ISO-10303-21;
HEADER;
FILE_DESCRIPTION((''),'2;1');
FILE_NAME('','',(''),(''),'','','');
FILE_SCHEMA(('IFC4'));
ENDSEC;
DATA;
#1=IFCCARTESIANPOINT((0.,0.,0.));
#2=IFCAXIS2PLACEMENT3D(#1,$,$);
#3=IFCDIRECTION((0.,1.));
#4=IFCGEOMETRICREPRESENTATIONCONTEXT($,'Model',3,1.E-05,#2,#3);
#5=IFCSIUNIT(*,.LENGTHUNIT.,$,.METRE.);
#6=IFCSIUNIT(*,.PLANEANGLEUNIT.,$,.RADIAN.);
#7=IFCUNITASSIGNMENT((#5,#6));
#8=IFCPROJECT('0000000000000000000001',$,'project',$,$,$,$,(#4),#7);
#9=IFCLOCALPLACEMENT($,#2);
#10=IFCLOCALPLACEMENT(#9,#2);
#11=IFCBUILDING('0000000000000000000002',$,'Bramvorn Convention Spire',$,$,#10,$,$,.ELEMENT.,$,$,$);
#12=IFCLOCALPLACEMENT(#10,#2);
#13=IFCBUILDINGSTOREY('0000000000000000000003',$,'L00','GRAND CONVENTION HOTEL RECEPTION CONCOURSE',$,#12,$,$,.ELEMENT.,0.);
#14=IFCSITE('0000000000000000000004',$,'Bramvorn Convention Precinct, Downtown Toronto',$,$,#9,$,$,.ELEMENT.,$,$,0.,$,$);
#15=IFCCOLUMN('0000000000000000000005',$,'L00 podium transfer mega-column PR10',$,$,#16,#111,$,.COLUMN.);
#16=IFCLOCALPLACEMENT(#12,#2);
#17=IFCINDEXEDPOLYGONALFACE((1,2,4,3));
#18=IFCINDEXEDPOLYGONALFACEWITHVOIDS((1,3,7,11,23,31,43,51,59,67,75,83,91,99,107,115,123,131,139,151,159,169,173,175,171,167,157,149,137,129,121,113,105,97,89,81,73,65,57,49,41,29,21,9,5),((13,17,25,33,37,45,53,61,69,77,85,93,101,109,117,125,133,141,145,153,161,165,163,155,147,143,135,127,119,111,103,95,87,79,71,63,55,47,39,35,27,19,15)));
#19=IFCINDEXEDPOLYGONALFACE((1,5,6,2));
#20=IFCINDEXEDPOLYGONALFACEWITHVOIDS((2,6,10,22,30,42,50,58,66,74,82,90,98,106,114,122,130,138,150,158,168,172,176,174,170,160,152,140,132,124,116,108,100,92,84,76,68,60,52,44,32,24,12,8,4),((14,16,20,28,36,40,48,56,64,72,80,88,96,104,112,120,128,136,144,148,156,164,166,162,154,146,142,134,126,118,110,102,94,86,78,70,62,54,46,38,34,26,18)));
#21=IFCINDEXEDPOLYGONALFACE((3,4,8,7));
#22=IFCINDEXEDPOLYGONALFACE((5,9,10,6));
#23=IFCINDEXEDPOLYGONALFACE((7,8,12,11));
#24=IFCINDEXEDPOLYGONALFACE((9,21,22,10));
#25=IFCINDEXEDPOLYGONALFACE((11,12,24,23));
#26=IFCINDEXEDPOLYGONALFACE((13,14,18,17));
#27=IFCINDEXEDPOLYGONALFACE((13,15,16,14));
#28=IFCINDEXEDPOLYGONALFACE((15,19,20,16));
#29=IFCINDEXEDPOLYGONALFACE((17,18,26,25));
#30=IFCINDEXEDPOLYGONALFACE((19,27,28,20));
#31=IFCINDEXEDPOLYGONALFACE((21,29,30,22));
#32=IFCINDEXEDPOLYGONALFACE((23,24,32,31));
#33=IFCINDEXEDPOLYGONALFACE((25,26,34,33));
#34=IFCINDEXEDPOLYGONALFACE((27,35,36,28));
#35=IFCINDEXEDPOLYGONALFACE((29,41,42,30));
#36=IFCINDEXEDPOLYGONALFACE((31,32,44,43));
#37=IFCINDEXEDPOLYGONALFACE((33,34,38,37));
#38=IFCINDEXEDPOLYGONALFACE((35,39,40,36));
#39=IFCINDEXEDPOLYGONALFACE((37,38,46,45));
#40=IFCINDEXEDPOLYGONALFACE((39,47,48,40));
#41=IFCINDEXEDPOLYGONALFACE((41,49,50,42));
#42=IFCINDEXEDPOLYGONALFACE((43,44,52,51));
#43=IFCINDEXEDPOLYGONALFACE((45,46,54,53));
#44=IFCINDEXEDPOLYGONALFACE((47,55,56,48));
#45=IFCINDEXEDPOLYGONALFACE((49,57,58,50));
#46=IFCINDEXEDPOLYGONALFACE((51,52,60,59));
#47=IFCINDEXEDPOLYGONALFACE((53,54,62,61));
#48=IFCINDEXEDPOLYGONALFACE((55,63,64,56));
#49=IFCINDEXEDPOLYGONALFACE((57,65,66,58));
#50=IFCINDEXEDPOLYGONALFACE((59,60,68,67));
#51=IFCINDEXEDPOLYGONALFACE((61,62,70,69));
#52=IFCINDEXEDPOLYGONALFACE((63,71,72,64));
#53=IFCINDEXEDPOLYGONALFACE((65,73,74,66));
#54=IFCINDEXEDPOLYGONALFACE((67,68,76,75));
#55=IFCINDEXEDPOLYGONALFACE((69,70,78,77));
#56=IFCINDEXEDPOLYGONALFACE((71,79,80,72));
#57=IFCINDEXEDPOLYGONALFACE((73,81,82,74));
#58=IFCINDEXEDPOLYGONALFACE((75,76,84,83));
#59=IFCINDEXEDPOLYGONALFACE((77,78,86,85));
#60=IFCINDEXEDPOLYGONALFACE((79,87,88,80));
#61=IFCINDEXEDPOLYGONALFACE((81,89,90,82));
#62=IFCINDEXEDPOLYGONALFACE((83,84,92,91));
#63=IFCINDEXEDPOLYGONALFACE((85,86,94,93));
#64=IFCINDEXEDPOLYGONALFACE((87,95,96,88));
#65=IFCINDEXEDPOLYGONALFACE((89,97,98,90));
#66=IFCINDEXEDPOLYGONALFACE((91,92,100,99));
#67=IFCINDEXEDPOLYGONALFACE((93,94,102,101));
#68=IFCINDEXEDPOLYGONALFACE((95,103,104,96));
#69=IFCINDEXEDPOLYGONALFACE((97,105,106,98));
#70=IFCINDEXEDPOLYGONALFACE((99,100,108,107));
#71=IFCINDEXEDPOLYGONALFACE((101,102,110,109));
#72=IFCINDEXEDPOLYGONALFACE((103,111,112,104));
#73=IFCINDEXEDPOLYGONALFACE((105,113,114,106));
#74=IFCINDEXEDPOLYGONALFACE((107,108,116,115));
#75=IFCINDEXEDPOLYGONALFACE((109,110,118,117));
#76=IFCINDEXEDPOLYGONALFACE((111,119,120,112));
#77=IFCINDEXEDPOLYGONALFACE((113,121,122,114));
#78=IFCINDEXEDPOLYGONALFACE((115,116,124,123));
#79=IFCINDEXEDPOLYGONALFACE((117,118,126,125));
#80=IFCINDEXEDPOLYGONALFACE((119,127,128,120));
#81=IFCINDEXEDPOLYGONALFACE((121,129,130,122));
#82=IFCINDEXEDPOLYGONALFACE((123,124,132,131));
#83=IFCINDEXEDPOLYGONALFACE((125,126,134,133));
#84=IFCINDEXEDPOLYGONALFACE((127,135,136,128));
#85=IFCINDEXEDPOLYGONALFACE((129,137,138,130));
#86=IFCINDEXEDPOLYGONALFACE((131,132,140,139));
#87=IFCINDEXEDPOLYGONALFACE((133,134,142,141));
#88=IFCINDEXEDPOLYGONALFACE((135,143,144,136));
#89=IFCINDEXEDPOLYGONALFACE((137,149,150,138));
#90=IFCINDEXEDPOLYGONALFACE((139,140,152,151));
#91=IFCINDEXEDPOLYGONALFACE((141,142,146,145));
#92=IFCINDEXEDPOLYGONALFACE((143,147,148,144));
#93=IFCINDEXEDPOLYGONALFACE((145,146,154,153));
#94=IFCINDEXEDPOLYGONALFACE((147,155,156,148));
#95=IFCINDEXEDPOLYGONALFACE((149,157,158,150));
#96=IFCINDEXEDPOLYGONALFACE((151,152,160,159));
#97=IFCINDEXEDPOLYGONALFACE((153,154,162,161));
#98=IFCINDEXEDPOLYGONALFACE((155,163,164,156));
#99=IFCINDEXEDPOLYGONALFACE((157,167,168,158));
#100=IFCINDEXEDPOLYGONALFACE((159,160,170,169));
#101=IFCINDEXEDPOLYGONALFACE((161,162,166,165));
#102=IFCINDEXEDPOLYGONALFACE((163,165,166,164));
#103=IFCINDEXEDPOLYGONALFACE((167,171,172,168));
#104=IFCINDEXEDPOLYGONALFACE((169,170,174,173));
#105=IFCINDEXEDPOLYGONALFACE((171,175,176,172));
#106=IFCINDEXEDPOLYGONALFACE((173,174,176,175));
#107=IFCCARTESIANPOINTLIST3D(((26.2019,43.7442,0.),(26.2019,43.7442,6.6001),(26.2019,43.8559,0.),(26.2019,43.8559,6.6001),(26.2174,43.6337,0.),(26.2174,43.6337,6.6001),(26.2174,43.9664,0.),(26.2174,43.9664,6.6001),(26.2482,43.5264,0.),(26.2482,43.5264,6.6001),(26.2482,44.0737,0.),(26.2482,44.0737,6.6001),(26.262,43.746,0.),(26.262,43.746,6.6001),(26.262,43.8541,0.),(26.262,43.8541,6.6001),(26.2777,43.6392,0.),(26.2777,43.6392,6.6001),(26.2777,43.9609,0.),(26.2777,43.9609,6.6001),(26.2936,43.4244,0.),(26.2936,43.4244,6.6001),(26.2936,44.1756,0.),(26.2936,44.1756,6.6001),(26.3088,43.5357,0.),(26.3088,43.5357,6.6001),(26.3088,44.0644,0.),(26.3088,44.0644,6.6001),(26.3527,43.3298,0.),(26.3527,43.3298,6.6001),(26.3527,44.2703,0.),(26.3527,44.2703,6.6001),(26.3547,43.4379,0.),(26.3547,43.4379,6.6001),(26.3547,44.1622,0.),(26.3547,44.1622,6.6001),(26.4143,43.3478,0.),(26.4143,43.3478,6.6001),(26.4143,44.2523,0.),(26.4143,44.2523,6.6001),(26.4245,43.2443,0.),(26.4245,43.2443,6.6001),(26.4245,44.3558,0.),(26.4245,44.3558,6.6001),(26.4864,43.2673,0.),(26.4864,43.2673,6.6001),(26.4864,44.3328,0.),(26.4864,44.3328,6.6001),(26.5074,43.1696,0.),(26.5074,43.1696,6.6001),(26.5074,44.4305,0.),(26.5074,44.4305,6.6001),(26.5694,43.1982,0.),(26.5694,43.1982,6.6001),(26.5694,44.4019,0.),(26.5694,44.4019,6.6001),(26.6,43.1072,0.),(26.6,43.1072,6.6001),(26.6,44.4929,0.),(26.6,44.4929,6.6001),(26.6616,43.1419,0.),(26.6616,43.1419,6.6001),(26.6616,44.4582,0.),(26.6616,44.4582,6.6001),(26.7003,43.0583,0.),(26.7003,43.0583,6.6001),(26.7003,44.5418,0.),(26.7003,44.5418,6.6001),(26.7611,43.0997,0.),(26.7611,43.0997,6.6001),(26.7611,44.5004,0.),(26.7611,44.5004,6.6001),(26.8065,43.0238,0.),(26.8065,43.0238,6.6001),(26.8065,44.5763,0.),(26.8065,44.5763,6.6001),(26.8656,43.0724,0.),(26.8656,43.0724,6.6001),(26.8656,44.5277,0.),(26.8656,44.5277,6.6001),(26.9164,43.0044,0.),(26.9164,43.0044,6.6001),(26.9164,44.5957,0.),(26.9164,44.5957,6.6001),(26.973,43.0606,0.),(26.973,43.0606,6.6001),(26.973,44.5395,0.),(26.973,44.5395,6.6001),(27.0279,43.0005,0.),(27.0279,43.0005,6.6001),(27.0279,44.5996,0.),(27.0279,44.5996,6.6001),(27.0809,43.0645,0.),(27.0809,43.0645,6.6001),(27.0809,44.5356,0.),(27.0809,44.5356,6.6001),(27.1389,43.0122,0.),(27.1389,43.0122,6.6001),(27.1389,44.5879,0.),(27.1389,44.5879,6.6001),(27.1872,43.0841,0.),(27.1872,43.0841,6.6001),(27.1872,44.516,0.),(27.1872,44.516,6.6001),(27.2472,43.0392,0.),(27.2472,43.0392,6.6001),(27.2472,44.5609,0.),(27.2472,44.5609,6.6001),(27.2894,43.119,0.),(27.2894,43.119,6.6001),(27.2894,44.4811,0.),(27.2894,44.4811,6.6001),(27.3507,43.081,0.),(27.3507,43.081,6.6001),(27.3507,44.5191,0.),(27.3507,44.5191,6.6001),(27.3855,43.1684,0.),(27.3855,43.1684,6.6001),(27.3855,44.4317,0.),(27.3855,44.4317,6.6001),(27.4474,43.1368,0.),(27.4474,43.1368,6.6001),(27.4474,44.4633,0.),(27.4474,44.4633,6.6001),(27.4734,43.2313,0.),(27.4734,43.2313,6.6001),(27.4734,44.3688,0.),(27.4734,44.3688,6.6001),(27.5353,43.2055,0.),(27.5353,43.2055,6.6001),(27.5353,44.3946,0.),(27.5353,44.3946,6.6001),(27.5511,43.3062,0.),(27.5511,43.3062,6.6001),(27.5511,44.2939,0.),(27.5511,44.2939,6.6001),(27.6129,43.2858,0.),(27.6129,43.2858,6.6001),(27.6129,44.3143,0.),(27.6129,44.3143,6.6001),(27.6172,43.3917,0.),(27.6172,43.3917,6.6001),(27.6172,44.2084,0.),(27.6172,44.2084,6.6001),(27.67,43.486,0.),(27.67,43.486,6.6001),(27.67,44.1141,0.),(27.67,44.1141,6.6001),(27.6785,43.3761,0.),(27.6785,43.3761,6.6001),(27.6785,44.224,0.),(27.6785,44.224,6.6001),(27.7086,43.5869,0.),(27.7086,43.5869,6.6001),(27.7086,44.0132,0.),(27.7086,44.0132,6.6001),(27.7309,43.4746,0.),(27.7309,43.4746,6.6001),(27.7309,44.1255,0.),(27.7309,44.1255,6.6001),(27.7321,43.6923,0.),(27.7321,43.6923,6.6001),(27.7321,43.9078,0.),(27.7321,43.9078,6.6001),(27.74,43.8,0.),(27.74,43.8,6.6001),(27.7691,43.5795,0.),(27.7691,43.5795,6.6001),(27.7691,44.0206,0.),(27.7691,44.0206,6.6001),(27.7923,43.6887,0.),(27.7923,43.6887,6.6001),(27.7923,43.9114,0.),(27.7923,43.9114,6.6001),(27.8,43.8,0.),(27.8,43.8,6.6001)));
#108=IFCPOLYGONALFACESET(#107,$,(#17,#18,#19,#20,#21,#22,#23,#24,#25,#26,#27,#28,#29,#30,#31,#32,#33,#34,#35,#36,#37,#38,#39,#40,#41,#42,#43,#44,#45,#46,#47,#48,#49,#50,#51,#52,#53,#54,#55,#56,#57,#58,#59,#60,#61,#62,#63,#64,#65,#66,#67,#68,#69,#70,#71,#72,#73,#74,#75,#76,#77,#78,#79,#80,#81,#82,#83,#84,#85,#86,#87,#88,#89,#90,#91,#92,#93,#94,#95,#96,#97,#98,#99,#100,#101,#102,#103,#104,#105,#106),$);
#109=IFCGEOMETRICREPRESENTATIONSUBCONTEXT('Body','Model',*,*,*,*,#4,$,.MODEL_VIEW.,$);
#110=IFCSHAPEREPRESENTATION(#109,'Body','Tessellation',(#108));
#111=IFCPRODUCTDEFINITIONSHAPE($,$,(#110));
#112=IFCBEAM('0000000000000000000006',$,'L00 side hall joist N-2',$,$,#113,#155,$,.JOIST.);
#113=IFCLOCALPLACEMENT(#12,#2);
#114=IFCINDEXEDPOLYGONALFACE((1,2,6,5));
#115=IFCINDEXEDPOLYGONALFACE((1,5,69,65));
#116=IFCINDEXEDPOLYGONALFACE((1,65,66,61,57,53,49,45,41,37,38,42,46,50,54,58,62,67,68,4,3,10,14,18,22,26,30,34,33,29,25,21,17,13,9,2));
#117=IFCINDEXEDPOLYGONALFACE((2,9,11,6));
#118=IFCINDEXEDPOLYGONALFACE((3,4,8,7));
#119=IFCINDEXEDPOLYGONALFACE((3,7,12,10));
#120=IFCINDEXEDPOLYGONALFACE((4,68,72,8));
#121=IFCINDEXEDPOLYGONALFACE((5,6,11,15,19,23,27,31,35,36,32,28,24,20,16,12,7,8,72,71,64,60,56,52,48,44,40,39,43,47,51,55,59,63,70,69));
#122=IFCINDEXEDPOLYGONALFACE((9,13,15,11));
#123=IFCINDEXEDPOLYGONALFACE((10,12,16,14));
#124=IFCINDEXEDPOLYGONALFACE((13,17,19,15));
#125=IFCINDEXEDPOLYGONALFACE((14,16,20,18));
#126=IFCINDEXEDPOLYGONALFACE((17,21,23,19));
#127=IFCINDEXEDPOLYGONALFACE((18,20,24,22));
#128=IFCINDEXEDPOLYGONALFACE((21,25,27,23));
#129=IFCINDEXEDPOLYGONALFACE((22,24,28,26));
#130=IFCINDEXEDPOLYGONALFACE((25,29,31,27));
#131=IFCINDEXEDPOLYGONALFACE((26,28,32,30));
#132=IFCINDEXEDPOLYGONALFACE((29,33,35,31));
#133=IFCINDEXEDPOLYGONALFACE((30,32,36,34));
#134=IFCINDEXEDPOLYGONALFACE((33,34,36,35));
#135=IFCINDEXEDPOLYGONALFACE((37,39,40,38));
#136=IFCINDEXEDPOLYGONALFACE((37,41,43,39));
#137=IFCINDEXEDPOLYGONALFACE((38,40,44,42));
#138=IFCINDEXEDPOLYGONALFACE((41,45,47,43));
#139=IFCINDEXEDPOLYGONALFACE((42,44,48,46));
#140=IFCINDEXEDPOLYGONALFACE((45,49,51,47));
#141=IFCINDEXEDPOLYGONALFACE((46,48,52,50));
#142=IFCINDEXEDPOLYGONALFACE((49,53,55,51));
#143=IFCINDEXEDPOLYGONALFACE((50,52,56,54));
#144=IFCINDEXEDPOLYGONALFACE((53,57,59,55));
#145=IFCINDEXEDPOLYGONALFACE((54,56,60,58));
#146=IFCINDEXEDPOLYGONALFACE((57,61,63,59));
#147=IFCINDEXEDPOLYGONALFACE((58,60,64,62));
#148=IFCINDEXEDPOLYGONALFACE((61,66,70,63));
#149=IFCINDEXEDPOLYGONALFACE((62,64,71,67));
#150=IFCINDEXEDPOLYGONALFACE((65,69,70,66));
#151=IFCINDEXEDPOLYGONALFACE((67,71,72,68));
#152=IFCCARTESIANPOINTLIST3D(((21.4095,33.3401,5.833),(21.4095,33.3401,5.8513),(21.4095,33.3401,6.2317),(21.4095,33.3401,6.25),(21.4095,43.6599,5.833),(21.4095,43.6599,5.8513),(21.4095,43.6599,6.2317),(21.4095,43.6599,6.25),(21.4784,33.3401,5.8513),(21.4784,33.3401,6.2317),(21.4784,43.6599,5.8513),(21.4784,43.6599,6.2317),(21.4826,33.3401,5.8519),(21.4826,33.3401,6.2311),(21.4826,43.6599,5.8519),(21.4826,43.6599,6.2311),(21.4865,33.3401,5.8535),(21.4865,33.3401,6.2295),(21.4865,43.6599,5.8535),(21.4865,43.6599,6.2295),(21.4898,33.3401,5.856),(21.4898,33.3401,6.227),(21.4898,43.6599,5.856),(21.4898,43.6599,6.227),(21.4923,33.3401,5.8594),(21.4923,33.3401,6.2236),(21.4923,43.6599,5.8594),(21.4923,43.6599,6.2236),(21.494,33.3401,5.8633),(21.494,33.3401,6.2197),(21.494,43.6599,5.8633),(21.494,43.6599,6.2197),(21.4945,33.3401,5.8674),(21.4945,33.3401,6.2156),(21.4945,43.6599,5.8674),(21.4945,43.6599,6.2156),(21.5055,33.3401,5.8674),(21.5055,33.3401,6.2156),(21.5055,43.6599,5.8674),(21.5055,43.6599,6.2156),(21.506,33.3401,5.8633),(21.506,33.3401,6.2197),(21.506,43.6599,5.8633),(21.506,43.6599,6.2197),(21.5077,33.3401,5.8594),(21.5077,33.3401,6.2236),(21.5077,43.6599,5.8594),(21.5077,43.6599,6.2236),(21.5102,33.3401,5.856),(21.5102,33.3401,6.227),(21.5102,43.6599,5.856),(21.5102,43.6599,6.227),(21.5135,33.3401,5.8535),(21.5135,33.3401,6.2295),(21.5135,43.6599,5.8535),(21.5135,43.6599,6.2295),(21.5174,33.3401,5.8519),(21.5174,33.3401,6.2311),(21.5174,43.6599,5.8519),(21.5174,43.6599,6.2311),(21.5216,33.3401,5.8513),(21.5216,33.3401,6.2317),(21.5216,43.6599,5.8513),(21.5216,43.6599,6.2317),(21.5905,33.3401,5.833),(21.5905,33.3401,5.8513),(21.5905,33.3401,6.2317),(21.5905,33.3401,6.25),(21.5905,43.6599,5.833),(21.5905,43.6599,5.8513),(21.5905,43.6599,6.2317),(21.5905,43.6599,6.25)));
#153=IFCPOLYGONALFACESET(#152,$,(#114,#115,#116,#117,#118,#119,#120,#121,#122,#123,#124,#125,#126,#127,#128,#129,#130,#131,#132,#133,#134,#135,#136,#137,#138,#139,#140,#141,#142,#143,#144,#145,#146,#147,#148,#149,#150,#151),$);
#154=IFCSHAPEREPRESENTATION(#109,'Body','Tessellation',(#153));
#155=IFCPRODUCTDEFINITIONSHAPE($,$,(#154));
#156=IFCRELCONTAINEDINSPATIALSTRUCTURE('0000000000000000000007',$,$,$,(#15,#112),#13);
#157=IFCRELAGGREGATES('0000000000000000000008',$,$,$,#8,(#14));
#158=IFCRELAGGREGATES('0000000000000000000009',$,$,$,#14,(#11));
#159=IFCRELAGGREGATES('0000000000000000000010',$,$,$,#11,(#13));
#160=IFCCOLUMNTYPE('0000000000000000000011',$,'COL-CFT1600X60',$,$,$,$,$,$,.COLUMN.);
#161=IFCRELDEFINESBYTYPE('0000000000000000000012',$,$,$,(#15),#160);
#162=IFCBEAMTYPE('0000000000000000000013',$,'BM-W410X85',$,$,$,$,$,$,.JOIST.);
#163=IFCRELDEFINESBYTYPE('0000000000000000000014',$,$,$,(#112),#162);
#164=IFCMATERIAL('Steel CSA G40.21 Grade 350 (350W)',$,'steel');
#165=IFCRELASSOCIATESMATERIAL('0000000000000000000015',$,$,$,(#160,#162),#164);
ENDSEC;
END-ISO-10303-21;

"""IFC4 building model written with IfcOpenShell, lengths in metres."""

from ifc_helpers import new_model, si_unit, direction, frame, origin, origin_2d, place, context, subcontext, project, spatial, hollow_circle, i_section, extrude, material, material_profile, profile_set, type_object, element, save


model = new_model("IFC4")

# Units and contexts
model_context = context("Model", 3, precision=1e-05, world=origin(), true_north=direction((0.0, 1.0)))
body_context = subcontext(model_context, "Body", "Model", "MODEL_VIEW")
ifc_project = project(units=[si_unit("LENGTHUNIT", "METRE"), si_unit("PLANEANGLEUNIT", "RADIAN")], contexts=[model_context])

# Site, building, storey
site_placement = place(None, origin())
site = spatial("IfcSite", under=ifc_project, at=site_placement, Name="Bramvorn Convention Precinct, Downtown Toronto", CompositionType="ELEMENT", RefElevation=0.0)
building_placement = place(site_placement, origin())
building = spatial("IfcBuilding", under=site, at=building_placement, Name="Bramvorn Convention Spire", CompositionType="ELEMENT")
storey_placement = place(building_placement, origin())
storey = spatial("IfcBuildingStorey", under=building, at=storey_placement, Name="L00", Description="GRAND CONVENTION HOTEL RECEPTION CONCOURSE", CompositionType="ELEMENT", Elevation=0.0)

# Column
ifc_material_1 = material(Name="Steel CSA G40.21 Grade 350 (350W)", Category="steel")
ifc_material_profile_1 = material_profile(ifc_material_1, hollow_circle(Radius=0.8, WallThickness=0.0601, at=origin_2d()))
ifc_profile_set_1 = profile_set([ifc_material_profile_1], Name="Steel CSA G40.21 Grade 350 (350W) - CFT1600X60")
column_type = type_object("IfcColumnType", Name="COL-CFT1600X60", PredefinedType="COLUMN", material=ifc_profile_set_1)
column_placement = place(storey_placement, frame((27.0, 43.8, 0.0), z_axis=(0.0, 0.0, 1.0), x_axis=(1.0, 0.0, 0.0)))
element("IfcColumn", 1, at=column_placement, inside=storey, type_object=column_type, Name="L00 podium transfer mega-column PR10", PredefinedType="COLUMN", context=body_context, shape_type="SweptSolid", body=[
    extrude(hollow_circle(Radius=0.8, WallThickness=0.0601, at=origin_2d()), origin(), (0.0, 0.0, 1.0), 6.6001),
])

# Beam
ifc_material_profile_2 = material_profile(ifc_material_1, i_section(OverallWidth=0.1809, OverallDepth=0.417, WebThickness=0.011, FlangeThickness=0.0183, FilletRadius=0.0161, at=origin_2d()))
ifc_profile_set_2 = profile_set([ifc_material_profile_2], Name="Steel CSA G40.21 Grade 350 (350W) - W410X85")
beam_type_1 = type_object("IfcBeamType", Name="BM-W410X85", PredefinedType="JOIST", material=ifc_profile_set_2)
beam_1_placement = place(storey_placement, frame((21.5, 33.3401, 6.0415), z_axis=(0.0, 1.0, 0.0), x_axis=(-1.0, 0.0, 0.0)))
element("IfcBeam", 2, at=beam_1_placement, inside=storey, type_object=beam_type_1, Name="L00 side hall joist N-2", PredefinedType="JOIST", context=body_context, shape_type="SweptSolid", body=[
    extrude(i_section(OverallWidth=0.1809, OverallDepth=0.417, WebThickness=0.011, FlangeThickness=0.0183, FilletRadius=0.0161, at=origin_2d()), origin(), (0.0, 0.0, 1.0), 10.3198),
])

save(model, "model.ifc")
